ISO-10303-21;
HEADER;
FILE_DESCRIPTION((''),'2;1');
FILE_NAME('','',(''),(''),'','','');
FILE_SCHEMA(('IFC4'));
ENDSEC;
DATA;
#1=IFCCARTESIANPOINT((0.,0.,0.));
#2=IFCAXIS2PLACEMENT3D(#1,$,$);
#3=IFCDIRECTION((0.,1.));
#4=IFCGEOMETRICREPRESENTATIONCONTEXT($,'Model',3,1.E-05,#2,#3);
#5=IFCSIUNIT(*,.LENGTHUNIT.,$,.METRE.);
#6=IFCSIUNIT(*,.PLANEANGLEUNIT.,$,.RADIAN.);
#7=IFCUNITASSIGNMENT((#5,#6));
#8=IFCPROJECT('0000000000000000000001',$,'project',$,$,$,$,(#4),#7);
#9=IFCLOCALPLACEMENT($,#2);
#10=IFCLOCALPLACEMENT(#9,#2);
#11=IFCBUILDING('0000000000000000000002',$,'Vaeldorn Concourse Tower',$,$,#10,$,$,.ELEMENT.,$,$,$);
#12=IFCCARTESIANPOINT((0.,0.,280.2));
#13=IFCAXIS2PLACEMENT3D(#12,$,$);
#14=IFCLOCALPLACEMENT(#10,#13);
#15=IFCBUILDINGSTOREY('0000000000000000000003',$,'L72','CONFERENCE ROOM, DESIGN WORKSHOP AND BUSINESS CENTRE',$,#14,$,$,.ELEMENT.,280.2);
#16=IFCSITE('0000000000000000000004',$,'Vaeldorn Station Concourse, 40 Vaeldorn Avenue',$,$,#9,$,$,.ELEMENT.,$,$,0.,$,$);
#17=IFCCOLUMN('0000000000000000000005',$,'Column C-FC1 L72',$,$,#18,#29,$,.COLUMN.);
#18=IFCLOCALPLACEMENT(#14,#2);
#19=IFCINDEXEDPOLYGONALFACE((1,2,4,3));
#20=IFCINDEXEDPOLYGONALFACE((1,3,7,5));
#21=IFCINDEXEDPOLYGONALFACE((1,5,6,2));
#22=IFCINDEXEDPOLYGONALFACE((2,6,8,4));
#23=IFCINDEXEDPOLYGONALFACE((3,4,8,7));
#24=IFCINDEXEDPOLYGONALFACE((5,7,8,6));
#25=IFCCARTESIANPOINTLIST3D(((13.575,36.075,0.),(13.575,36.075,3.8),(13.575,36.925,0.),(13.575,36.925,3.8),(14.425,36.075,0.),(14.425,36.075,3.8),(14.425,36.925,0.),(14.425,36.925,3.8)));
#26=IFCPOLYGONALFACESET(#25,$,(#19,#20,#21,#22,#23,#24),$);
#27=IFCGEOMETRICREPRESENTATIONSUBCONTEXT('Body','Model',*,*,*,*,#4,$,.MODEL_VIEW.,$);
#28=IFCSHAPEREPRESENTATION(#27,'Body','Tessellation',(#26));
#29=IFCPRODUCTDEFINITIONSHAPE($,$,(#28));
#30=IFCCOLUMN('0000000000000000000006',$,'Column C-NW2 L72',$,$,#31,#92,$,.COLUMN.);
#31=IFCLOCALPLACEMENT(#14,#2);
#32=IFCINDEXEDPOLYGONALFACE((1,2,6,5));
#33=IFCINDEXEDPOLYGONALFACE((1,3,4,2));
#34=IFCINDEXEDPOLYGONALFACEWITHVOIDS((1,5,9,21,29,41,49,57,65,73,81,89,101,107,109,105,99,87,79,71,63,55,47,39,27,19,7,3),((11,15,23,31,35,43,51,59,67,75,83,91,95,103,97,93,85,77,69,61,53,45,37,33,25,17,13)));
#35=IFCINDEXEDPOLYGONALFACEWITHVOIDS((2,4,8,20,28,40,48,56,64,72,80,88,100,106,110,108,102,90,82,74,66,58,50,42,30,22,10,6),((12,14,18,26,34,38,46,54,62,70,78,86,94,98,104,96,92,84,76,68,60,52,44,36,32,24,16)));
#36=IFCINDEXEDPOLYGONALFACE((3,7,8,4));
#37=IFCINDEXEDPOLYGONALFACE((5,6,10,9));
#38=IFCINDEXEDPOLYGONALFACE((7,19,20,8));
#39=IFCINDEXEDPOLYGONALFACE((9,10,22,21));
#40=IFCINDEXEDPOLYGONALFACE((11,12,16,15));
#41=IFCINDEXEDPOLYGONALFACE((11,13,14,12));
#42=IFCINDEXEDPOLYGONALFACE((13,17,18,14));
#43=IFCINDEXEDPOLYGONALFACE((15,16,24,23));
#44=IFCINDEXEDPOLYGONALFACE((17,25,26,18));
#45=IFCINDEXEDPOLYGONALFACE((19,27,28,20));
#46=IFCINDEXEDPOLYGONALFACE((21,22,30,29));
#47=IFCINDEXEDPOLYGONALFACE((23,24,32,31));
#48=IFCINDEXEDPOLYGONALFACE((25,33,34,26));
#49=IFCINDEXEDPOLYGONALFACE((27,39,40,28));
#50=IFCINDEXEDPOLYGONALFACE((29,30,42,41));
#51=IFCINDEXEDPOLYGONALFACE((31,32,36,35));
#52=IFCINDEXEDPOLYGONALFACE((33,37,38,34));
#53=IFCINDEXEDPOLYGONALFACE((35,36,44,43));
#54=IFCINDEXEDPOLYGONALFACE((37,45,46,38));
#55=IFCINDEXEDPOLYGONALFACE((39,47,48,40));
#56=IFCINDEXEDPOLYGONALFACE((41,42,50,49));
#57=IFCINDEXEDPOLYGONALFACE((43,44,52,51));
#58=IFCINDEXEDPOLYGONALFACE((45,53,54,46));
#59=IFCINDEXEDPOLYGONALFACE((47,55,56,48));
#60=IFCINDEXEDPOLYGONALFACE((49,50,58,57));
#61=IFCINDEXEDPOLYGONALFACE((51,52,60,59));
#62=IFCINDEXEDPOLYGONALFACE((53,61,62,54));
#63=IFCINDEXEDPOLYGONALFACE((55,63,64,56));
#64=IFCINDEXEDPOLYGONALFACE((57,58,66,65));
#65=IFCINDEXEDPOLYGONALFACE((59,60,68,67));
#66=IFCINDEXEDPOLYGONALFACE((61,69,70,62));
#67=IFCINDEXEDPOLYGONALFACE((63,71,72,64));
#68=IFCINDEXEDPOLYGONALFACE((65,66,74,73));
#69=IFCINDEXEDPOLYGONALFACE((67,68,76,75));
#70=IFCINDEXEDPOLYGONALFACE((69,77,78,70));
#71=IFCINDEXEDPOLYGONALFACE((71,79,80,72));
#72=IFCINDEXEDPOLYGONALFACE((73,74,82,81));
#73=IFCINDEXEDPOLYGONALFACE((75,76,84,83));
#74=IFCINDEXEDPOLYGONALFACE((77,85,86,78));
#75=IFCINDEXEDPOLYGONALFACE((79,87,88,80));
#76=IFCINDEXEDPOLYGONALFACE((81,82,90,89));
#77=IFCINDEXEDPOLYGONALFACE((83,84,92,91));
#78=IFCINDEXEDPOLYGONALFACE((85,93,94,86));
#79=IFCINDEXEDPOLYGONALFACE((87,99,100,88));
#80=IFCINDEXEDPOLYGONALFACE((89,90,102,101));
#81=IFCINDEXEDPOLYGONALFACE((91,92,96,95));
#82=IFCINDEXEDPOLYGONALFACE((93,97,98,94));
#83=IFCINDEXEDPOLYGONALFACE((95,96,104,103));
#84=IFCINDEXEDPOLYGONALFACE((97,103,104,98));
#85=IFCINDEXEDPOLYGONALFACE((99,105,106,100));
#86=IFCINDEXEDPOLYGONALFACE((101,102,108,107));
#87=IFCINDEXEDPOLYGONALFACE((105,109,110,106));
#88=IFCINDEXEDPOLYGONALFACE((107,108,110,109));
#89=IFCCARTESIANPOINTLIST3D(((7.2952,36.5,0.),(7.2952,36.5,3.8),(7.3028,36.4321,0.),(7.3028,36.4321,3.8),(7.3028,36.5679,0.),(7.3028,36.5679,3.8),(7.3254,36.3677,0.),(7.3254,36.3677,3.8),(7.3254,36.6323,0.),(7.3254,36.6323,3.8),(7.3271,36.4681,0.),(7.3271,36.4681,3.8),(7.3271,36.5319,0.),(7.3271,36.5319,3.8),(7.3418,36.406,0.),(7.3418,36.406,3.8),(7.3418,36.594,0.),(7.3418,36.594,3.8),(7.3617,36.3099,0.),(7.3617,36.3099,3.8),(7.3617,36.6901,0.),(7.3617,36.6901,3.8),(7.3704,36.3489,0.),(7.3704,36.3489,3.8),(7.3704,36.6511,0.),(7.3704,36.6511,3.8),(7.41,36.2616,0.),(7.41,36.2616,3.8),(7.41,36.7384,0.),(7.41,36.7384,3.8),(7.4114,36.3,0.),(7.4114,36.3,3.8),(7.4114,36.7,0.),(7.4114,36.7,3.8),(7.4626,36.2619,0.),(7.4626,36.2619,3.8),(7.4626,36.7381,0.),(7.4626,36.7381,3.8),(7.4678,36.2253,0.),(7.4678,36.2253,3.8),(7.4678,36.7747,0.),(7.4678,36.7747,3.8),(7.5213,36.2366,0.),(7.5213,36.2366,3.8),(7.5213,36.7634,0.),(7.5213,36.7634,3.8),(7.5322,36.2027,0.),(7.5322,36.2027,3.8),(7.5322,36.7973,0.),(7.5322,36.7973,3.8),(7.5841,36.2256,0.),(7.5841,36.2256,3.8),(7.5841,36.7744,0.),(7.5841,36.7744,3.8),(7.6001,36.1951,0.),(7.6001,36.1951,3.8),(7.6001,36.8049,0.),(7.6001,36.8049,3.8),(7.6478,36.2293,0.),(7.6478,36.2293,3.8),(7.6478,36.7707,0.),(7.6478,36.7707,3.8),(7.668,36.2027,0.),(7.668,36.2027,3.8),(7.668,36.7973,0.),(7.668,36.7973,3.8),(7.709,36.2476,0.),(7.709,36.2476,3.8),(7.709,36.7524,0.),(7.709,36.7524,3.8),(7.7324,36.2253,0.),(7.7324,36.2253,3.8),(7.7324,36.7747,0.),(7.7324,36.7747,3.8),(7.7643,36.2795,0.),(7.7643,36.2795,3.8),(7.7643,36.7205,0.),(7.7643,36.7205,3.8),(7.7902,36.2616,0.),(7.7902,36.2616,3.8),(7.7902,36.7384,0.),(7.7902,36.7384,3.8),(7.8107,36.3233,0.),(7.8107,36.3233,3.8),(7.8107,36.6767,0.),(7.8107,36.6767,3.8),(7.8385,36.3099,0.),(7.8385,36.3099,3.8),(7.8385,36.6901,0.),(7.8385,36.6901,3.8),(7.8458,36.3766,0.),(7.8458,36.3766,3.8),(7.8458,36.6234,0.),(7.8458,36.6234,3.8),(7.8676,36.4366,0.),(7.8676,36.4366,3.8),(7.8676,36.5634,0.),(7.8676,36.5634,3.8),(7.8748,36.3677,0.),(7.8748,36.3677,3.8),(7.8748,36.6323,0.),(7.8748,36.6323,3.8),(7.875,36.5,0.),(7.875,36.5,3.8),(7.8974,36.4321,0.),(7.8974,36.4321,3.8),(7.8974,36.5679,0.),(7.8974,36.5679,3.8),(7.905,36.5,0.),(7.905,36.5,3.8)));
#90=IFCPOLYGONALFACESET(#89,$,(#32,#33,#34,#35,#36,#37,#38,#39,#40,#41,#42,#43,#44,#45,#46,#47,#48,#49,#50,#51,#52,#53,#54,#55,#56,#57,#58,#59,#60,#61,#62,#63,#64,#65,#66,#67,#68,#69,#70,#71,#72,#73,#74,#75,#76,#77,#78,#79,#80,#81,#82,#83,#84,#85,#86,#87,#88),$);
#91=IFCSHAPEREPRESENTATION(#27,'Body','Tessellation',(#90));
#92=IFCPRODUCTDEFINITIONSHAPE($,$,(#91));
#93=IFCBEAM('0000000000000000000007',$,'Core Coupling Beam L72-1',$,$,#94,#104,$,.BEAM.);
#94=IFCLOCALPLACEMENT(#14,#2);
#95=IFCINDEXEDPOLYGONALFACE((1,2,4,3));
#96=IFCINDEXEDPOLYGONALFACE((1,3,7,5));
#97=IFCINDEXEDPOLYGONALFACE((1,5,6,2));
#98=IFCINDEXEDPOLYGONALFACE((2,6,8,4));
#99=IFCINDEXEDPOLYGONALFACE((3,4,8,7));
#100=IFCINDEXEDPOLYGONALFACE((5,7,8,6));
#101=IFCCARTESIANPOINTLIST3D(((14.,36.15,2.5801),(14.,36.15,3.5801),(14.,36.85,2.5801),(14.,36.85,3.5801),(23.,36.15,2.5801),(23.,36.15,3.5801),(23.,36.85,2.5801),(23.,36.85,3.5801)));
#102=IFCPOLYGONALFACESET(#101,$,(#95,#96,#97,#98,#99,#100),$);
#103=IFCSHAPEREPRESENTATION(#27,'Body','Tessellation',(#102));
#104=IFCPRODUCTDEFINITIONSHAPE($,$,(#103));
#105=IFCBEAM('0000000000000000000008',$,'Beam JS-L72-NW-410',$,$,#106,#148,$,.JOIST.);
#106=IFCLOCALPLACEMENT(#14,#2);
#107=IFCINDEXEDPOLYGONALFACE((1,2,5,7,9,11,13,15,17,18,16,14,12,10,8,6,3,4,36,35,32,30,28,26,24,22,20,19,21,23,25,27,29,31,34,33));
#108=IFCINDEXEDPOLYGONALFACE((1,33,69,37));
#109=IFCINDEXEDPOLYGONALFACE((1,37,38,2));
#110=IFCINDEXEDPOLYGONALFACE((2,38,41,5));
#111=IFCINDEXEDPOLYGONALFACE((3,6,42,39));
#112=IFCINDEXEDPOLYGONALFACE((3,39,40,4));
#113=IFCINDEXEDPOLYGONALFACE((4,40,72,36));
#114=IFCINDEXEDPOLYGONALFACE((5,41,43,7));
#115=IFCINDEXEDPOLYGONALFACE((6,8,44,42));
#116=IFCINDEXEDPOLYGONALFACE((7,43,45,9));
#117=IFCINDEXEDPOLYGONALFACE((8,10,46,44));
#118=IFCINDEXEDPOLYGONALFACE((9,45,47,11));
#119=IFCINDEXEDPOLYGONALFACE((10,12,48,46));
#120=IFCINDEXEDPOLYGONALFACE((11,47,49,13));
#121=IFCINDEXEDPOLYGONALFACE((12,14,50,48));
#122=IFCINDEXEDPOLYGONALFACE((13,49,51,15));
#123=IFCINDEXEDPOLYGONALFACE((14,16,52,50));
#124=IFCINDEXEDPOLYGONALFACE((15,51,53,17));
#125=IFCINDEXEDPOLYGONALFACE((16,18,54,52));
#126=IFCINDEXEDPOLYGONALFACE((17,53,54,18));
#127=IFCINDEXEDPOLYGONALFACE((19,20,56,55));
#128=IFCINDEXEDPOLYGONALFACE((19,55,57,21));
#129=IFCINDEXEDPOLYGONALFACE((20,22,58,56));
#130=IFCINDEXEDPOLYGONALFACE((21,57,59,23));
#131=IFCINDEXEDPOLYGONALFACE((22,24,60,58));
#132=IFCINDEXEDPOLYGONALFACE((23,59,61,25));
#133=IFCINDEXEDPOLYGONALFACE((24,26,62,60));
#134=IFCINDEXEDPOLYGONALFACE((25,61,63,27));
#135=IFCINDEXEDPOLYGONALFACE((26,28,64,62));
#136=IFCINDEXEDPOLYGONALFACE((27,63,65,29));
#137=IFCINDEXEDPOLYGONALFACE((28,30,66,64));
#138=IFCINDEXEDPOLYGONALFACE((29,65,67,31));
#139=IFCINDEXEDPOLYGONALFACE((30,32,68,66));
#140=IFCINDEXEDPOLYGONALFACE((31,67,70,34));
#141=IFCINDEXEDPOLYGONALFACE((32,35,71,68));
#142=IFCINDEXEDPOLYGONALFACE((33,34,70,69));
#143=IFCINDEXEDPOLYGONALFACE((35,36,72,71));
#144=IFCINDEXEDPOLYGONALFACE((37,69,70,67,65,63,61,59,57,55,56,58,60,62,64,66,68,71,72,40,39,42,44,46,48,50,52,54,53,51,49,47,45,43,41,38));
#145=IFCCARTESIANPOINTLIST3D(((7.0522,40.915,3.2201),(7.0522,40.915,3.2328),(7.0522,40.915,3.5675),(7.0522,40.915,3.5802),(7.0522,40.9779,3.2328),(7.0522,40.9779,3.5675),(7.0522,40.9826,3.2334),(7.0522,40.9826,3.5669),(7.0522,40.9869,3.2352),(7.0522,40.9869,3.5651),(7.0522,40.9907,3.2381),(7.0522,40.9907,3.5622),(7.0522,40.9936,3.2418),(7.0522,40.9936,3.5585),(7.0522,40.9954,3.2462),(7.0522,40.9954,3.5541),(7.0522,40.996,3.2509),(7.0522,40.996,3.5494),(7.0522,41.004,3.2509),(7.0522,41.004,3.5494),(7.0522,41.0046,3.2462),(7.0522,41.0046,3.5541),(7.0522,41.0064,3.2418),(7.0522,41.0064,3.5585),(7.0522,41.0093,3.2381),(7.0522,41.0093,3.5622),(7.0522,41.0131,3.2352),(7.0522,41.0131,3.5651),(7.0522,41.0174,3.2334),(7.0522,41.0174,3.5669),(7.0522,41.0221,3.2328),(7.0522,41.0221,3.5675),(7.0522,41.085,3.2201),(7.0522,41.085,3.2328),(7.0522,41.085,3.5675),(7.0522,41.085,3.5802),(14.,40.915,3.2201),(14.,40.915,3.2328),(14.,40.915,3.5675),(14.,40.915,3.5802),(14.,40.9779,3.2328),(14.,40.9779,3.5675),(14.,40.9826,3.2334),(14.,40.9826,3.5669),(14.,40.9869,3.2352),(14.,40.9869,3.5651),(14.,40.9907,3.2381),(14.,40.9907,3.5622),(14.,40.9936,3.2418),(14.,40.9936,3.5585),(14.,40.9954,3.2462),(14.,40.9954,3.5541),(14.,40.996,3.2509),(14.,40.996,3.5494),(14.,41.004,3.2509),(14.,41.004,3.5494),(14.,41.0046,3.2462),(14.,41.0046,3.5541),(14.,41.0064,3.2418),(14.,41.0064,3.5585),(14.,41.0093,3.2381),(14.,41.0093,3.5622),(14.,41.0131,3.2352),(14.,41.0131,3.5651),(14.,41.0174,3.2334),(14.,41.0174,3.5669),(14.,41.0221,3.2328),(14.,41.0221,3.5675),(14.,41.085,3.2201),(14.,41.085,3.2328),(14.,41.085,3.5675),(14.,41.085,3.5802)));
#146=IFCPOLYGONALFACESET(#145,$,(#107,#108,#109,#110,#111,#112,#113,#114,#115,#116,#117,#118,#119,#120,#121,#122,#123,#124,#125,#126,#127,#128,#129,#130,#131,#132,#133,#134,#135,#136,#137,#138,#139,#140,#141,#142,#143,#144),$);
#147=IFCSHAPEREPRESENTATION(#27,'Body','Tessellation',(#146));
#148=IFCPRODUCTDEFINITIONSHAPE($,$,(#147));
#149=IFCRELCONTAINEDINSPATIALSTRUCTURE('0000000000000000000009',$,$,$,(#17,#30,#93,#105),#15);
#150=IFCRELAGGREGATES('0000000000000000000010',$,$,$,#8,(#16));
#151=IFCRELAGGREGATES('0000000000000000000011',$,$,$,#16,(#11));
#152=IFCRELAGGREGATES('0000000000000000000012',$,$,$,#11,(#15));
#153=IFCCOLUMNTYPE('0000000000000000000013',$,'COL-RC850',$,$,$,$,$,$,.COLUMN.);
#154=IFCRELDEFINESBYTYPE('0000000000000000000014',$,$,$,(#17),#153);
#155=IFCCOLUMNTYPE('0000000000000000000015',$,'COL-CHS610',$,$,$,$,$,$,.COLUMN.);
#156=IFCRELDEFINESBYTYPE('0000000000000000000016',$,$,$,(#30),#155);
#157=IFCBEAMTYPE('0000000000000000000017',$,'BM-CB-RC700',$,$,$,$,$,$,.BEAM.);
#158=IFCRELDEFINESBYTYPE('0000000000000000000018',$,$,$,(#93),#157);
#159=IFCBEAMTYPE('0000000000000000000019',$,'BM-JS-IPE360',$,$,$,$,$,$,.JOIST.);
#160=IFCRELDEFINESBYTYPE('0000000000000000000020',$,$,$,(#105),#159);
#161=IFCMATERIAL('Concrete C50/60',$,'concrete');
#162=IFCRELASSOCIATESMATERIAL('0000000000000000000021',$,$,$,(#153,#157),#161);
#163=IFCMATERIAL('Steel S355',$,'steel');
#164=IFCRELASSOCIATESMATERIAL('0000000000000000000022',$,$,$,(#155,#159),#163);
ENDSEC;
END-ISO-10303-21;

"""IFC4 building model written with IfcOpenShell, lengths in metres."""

from ifc_helpers import new_model, si_unit, direction, frame, origin, origin_2d, place, context, subcontext, project, spatial, rectangle, hollow_circle, i_section, extrude, source, transform, mapped, material, material_profile, profile_set, type_object, element, save


model = new_model("IFC4")

# Units and contexts
model_context = context("Model", 3, precision=1e-05, world=origin(), true_north=direction((0.0, 1.0)))
body_context = subcontext(model_context, "Body", "Model", "MODEL_VIEW")
ifc_project = project(units=[si_unit("LENGTHUNIT", "METRE"), si_unit("PLANEANGLEUNIT", "RADIAN")], contexts=[model_context])

# Site, building, storey
site_placement = place(None, origin())
site = spatial("IfcSite", under=ifc_project, at=site_placement, Name="Vaeldorn Station Concourse, 40 Vaeldorn Avenue", CompositionType="ELEMENT", RefElevation=0.0)
building_placement = place(site_placement, origin())
building = spatial("IfcBuilding", under=site, at=building_placement, Name="Vaeldorn Concourse Tower", CompositionType="ELEMENT")
storey_placement = place(building_placement, frame((0.0, 0.0, 280.2)))
storey = spatial("IfcBuildingStorey", under=building, at=storey_placement, Name="L72", Description="CONFERENCE ROOM, DESIGN WORKSHOP AND BUSINESS CENTRE", CompositionType="ELEMENT", Elevation=280.2)

# Columns
ifc_material_1 = material(Name="Concrete C50/60", Category="concrete")
ifc_material_profile_1 = material_profile(ifc_material_1, rectangle(XDim=0.8501, YDim=0.8501, at=origin_2d()), Name="RC 850x850")
ifc_profile_set_1 = profile_set([ifc_material_profile_1], Name="Concrete C50/60")
column_type_1 = type_object("IfcColumnType", Name="COL-RC850", PredefinedType="COLUMN", material=ifc_profile_set_1)
shared_shape_1 = source(origin(), body_context, "Body", "SweptSolid", [
    extrude(rectangle(XDim=0.8501, YDim=0.8501, at=origin_2d()), origin(), (0.0, 0.0, 1.0), 3.8),
])
column_1_placement = place(storey_placement, frame((14.0, 36.5, 0.0), z_axis=(0.0, 0.0, 1.0), x_axis=(1.0, 0.0, 0.0)))
element("IfcColumn", 1, at=column_1_placement, inside=storey, type_object=column_type_1, Name="Column C-FC1 L72", PredefinedType="COLUMN", context=body_context, shape_type="MappedRepresentation", body=[
    mapped(shared_shape_1, transform((0.0, 0.0, 0.0), scale=1.0)),
])
ifc_material_2 = material(Name="Steel S355", Category="steel")
ifc_material_profile_2 = material_profile(ifc_material_2, hollow_circle(Radius=0.3049, WallThickness=0.03, at=origin_2d()), Name="CHS 610x30")
ifc_profile_set_2 = profile_set([ifc_material_profile_2], Name="Steel S355")
column_type_2 = type_object("IfcColumnType", Name="COL-CHS610", PredefinedType="COLUMN", material=ifc_profile_set_2)
shared_shape_2 = source(origin(), body_context, "Body", "SweptSolid", [
    extrude(hollow_circle(Radius=0.3049, WallThickness=0.03, at=origin_2d()), origin(), (0.0, 0.0, 1.0), 3.8),
])
column_2_placement = place(storey_placement, frame((7.6001, 36.5, 0.0), z_axis=(0.0, 0.0, 1.0), x_axis=(1.0, 0.0, 0.0)))
element("IfcColumn", 2, at=column_2_placement, inside=storey, type_object=column_type_2, Name="Column C-NW2 L72", PredefinedType="COLUMN", context=body_context, shape_type="MappedRepresentation", body=[
    mapped(shared_shape_2, transform((0.0, 0.0, 0.0), scale=1.0)),
])

# Beams
ifc_material_profile_3 = material_profile(ifc_material_1, rectangle(XDim=0.7, YDim=1.0, at=origin_2d()), Name="RC 700x1000")
ifc_profile_set_3 = profile_set([ifc_material_profile_3], Name="Concrete C50/60")
beam_type_1 = type_object("IfcBeamType", Name="BM-CB-RC700", PredefinedType="BEAM", material=ifc_profile_set_3)
shared_shape_3 = source(origin(), body_context, "Body", "SweptSolid", [
    extrude(rectangle(XDim=0.7, YDim=1.0, at=origin_2d()), origin(), (0.0, 0.0, 1.0), 9.0),
])
beam_1_placement = place(storey_placement, frame((14.0, 36.5, 3.0801), z_axis=(1.0, 0.0, 0.0), x_axis=(0.0, 1.0, 0.0)))
element("IfcBeam", 3, at=beam_1_placement, inside=storey, type_object=beam_type_1, Name="Core Coupling Beam L72-1", PredefinedType="BEAM", context=body_context, shape_type="MappedRepresentation", body=[
    mapped(shared_shape_3, transform((0.0, 0.0, 0.0), scale=1.0)),
])
ifc_material_profile_4 = material_profile(ifc_material_2, i_section(OverallWidth=0.1699, OverallDepth=0.3601, WebThickness=0.0081, FlangeThickness=0.0127, FilletRadius=0.0181, at=origin_2d()), Name="IPE 360")
ifc_profile_set_4 = profile_set([ifc_material_profile_4], Name="Steel S355")
beam_type_2 = type_object("IfcBeamType", Name="BM-JS-IPE360", PredefinedType="JOIST", material=ifc_profile_set_4)
shared_shape_4 = source(origin(), body_context, "Body", "SweptSolid", [
    extrude(i_section(OverallWidth=0.1699, OverallDepth=0.3601, WebThickness=0.0081, FlangeThickness=0.0127, FilletRadius=0.0181, at=origin_2d()), origin(), (0.0, 0.0, 1.0), 6.9478),
])
beam_2_placement = place(storey_placement, frame((7.0522, 41.0, 3.4001), z_axis=(1.0, 0.0, 0.0), x_axis=(0.0, 1.0, 0.0)))
element("IfcBeam", 4, at=beam_2_placement, inside=storey, type_object=beam_type_2, Name="Beam JS-L72-NW-410", PredefinedType="JOIST", context=body_context, shape_type="MappedRepresentation", body=[
    mapped(shared_shape_4, transform((0.0, 0.0, 0.0), scale=1.0)),
])

save(model, "model.ifc")
